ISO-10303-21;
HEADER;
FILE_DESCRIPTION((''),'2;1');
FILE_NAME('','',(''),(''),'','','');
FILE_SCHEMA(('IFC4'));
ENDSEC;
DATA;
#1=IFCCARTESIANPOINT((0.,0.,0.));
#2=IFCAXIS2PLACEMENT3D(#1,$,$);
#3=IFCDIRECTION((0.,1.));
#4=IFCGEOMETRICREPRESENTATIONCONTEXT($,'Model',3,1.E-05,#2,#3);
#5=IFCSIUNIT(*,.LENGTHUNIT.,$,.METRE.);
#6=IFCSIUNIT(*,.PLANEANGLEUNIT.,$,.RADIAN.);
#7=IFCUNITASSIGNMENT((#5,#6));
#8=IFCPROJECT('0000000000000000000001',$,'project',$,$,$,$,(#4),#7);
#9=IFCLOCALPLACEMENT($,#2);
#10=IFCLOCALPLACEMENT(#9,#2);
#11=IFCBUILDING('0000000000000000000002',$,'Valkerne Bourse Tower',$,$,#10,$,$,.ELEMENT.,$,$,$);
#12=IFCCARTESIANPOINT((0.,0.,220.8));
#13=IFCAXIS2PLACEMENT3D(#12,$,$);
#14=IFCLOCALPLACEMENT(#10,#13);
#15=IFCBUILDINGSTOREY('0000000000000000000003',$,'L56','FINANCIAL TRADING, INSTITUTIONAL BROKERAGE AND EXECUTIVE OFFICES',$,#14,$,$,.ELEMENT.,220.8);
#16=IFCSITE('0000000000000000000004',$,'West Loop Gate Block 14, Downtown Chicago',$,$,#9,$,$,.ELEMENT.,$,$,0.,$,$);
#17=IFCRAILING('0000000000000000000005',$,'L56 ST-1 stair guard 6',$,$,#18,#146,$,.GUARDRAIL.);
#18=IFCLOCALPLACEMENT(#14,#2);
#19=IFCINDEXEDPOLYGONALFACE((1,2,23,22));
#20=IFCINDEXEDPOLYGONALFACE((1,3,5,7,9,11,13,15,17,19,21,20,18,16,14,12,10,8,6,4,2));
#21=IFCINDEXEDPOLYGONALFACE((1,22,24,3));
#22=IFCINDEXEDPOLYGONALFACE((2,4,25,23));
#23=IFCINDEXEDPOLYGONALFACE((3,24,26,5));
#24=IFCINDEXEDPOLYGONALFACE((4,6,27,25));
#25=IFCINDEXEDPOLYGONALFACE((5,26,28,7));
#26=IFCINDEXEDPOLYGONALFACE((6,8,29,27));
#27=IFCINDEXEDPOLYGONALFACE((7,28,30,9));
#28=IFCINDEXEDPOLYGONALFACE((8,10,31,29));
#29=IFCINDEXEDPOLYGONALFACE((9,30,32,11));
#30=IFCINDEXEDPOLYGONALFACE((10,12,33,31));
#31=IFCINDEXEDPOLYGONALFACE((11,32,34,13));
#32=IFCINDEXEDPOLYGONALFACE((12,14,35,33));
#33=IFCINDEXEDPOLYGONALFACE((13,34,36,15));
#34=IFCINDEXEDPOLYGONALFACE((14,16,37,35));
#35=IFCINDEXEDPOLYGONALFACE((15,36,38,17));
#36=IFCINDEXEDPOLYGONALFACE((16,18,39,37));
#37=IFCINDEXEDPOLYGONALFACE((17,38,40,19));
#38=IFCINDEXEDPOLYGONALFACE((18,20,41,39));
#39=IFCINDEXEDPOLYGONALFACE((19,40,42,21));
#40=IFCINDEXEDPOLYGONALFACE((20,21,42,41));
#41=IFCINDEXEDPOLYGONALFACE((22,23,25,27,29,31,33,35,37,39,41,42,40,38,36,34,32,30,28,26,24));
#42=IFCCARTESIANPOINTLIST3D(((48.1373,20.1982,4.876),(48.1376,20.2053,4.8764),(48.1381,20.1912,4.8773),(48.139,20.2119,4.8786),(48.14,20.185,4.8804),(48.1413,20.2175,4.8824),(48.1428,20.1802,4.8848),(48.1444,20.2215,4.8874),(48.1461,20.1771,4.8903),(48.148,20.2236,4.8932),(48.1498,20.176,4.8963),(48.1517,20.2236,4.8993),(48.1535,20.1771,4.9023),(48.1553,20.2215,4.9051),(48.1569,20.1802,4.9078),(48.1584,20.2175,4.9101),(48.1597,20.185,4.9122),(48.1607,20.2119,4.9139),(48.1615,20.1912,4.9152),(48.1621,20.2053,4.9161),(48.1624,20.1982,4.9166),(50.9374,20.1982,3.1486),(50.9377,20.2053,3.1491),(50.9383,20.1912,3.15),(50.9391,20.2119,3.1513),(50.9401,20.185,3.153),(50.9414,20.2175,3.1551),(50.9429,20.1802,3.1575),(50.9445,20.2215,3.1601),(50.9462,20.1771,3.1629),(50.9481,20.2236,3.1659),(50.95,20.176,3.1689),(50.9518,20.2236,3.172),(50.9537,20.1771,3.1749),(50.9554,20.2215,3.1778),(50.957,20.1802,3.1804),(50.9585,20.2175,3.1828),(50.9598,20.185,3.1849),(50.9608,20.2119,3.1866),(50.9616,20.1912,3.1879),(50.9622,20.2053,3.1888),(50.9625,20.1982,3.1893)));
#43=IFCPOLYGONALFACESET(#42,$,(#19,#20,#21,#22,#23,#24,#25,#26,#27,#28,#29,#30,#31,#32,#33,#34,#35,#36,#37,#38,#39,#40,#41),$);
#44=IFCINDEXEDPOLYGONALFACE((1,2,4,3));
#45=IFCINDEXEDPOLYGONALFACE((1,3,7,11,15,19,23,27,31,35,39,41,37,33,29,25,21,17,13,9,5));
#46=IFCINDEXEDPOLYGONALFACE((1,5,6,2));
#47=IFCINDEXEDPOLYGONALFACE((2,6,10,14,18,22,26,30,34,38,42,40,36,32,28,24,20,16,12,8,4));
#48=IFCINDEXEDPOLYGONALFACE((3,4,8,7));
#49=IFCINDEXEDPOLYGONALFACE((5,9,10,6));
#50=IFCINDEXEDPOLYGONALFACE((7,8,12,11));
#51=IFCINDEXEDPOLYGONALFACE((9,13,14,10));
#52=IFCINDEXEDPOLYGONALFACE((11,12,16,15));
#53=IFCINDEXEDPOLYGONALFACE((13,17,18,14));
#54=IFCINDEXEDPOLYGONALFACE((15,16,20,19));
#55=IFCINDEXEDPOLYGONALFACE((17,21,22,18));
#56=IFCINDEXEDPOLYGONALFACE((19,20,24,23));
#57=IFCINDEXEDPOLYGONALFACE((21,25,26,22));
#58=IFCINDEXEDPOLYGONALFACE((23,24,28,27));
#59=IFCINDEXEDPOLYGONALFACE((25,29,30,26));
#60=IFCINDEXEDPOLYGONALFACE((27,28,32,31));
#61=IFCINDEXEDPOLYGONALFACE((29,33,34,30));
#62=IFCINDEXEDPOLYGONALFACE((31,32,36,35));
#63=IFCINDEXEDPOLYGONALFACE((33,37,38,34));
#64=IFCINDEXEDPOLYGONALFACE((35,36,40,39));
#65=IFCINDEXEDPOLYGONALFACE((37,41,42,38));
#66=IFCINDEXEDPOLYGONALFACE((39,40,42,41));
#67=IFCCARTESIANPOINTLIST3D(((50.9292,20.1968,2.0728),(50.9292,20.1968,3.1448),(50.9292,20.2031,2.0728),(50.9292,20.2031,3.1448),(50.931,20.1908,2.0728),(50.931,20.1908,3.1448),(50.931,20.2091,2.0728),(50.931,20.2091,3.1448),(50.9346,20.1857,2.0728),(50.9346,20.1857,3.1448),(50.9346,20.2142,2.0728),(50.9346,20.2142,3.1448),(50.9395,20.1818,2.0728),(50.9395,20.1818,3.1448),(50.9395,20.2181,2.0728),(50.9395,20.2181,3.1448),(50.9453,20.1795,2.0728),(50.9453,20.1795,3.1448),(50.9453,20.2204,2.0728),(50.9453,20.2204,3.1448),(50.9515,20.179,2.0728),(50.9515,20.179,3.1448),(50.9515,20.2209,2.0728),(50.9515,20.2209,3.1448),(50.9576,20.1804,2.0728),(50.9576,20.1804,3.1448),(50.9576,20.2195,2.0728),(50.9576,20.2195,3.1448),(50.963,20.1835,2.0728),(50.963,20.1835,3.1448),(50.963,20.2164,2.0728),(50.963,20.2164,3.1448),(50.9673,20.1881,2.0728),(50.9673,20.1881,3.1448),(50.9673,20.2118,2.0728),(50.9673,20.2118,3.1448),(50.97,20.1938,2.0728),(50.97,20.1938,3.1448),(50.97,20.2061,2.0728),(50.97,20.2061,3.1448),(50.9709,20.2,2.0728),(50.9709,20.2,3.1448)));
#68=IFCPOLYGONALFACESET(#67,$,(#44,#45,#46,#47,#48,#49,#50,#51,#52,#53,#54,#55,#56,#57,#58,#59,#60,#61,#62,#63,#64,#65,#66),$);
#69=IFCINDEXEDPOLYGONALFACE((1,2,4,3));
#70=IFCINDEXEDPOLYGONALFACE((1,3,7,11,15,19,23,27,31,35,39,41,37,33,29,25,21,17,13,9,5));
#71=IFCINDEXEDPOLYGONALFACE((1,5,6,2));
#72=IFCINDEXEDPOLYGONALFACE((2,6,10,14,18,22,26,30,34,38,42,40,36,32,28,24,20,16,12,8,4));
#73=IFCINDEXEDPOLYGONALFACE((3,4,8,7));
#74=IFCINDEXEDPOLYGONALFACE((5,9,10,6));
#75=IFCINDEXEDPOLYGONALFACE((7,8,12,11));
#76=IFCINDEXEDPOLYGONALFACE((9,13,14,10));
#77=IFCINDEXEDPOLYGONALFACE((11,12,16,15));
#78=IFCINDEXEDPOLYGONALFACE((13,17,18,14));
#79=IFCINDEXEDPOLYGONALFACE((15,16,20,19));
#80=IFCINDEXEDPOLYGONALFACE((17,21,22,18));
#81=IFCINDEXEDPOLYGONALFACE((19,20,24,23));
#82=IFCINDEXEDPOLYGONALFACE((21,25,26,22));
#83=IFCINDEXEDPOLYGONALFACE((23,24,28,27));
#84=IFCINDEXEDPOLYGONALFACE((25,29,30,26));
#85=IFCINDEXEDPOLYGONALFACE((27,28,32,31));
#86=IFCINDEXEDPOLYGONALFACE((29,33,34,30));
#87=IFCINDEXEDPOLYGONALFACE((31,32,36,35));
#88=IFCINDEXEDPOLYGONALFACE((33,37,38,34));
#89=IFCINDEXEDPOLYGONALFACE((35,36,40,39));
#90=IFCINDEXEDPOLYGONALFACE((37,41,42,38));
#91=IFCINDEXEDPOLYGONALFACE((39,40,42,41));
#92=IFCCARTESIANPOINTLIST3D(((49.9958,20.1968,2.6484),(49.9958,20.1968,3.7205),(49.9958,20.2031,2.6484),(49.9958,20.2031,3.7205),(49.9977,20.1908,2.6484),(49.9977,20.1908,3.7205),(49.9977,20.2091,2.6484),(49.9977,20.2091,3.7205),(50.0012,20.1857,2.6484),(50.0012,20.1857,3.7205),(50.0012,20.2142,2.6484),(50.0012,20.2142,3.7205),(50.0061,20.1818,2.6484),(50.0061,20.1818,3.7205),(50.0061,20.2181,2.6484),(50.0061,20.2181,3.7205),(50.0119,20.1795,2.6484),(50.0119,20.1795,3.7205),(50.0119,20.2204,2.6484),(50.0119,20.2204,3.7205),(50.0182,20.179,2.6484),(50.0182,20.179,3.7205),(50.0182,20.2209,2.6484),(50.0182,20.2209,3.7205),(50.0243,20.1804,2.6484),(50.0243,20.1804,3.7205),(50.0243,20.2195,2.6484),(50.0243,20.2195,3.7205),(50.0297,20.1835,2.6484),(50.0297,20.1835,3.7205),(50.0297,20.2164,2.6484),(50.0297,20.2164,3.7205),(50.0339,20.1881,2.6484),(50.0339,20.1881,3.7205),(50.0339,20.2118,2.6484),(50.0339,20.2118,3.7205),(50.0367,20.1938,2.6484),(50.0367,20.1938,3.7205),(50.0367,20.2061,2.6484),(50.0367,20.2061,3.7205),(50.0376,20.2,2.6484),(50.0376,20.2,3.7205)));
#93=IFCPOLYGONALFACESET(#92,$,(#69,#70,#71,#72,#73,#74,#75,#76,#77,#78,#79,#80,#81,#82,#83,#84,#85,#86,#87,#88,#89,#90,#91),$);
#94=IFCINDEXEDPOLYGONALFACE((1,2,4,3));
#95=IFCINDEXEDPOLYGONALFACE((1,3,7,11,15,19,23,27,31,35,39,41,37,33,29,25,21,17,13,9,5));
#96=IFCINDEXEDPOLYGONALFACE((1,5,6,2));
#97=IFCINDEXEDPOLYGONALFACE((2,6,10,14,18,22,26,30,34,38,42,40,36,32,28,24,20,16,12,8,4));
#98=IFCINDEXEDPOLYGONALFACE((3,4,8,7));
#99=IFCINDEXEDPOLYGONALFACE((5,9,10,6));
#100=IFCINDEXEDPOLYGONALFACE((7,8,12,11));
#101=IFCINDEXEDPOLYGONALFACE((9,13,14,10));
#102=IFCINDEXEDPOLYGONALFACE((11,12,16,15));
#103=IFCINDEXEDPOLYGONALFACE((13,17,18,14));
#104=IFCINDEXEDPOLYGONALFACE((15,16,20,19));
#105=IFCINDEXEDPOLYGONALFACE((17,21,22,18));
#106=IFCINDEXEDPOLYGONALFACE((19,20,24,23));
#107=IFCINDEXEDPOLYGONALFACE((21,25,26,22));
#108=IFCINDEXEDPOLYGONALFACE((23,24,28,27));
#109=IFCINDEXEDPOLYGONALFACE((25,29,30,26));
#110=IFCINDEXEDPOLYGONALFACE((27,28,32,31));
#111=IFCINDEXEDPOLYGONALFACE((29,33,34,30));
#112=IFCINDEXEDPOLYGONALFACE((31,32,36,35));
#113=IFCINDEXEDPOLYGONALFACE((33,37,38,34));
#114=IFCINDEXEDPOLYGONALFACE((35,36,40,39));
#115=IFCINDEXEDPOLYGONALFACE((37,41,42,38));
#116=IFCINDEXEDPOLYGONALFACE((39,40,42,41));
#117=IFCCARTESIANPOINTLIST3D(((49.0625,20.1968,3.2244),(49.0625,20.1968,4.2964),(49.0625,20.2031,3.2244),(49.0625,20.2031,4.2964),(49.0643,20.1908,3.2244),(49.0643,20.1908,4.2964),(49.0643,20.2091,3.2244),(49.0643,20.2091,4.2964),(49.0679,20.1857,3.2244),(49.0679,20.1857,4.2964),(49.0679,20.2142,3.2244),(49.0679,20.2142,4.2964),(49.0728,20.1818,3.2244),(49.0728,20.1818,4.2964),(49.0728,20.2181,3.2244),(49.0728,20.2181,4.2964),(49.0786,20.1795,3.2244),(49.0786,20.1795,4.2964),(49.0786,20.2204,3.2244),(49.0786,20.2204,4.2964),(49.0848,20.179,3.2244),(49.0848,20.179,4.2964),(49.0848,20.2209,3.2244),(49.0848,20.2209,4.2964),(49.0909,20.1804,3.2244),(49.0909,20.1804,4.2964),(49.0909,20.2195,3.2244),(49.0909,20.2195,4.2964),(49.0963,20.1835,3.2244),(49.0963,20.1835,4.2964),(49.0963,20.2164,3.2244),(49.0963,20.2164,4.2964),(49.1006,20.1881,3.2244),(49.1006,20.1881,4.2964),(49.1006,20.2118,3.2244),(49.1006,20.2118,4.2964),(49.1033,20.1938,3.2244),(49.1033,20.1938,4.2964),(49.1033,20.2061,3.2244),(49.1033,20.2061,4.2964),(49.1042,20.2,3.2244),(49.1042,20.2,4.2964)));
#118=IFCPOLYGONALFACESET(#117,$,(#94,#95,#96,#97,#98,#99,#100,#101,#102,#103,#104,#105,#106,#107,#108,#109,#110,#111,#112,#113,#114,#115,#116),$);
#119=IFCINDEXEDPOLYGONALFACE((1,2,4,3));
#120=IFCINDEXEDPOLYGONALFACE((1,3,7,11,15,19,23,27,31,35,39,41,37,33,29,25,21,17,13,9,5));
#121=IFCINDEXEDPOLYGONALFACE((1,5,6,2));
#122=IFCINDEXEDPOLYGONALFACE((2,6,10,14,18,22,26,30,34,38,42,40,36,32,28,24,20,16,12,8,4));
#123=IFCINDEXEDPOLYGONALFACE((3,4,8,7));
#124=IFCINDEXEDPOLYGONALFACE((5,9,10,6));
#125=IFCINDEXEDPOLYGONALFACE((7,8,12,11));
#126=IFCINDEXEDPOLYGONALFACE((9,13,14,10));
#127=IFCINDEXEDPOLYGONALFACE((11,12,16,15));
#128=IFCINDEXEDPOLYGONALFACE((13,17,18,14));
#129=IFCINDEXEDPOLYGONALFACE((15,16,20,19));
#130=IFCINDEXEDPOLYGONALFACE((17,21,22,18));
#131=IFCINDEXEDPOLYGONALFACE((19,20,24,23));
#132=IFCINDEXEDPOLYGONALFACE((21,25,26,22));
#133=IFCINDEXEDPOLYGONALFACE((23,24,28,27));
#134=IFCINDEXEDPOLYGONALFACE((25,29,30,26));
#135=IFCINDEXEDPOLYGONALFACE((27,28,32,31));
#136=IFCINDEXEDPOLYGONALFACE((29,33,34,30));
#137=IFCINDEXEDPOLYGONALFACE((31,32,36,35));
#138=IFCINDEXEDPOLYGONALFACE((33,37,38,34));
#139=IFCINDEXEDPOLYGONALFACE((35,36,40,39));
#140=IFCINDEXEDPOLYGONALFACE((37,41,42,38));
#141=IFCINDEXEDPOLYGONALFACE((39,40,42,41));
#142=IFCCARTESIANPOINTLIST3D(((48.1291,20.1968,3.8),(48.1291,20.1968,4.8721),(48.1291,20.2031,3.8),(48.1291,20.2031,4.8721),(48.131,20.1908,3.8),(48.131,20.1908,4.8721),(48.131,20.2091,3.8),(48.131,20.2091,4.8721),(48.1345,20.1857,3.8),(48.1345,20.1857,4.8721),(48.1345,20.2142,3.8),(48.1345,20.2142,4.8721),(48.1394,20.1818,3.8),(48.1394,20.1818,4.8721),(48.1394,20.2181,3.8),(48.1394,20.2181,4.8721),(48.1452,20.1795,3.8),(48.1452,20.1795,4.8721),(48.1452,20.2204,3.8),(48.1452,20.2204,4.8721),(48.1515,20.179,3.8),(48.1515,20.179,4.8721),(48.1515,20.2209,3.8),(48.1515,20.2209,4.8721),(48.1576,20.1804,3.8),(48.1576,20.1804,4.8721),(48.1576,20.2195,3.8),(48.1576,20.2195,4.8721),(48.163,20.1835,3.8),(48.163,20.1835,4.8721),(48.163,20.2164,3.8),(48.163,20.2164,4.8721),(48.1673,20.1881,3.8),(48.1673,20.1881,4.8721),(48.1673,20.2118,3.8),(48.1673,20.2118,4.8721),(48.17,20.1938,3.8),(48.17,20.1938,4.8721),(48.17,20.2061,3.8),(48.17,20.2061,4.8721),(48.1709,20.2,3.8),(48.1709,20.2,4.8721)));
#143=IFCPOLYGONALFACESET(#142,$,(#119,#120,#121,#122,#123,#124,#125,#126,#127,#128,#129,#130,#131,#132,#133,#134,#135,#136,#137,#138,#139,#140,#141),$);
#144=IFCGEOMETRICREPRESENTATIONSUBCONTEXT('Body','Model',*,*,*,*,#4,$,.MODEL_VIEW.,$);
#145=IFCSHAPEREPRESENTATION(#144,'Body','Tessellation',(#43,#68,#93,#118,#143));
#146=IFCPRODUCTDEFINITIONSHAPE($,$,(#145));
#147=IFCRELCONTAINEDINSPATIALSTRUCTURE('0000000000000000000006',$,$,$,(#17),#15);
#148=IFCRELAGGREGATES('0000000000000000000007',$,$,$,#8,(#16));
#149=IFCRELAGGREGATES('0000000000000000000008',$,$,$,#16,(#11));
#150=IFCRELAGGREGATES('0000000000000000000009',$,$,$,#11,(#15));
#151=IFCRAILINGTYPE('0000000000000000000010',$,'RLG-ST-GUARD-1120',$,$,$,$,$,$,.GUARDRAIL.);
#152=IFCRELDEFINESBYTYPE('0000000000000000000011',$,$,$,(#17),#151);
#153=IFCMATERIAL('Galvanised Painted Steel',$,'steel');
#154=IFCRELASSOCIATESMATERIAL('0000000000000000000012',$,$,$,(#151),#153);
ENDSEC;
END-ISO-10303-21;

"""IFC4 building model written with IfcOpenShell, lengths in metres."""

from ifc_helpers import new_model, si_unit, direction, frame, origin, origin_2d, place, context, subcontext, project, spatial, circle, extrude, material, type_object, element, save


model = new_model("IFC4")

# Units and contexts
model_context = context("Model", 3, precision=1e-05, world=origin(), true_north=direction((0.0, 1.0)))
body_context = subcontext(model_context, "Body", "Model", "MODEL_VIEW")
ifc_project = project(units=[si_unit("LENGTHUNIT", "METRE"), si_unit("PLANEANGLEUNIT", "RADIAN")], contexts=[model_context])

# Site, building, storey
site_placement = place(None, origin())
site = spatial("IfcSite", under=ifc_project, at=site_placement, Name="West Loop Gate Block 14, Downtown Chicago", CompositionType="ELEMENT", RefElevation=0.0)
building_placement = place(site_placement, origin())
building = spatial("IfcBuilding", under=site, at=building_placement, Name="Valkerne Bourse Tower", CompositionType="ELEMENT")
storey_placement = place(building_placement, frame((0.0, 0.0, 220.8)))
storey = spatial("IfcBuildingStorey", under=building, at=storey_placement, Name="L56", Description="FINANCIAL TRADING, INSTITUTIONAL BROKERAGE AND EXECUTIVE OFFICES", CompositionType="ELEMENT", Elevation=220.8)

# Shared definitions
ifc_material_1 = material(Name="Galvanised Painted Steel", Category="steel")

# Railing
railing_type_1 = type_object("IfcRailingType", Name="RLG-ST-GUARD-1120", PredefinedType="GUARDRAIL", material=ifc_material_1)
railing_1_placement = place(storey_placement, frame((50.95, 20.2, 2.0728)))
element("IfcRailing", 1, at=railing_1_placement, inside=storey, type_object=railing_type_1, Name="L56 ST-1 stair guard 6", PredefinedType="GUARDRAIL", context=body_context, shape_type="SweptSolid", body=[
    extrude(circle(Radius=0.0239, at=origin_2d()), frame((0.0, 0.0, 1.0962), z_axis=(-0.85109, 0.0, 0.52502), x_axis=(0.0, -1.0, 0.0)), (0.0, 0.0, 1.0), 3.29),
    extrude(circle(Radius=0.021, at=origin_2d()), origin(), (0.0, 0.0, 1.0), 1.072),
    extrude(circle(Radius=0.021, at=origin_2d()), frame((-0.9333, 0.0, 0.5757)), (0.0, 0.0, 1.0), 1.072),
    extrude(circle(Radius=0.021, at=origin_2d()), frame((-1.8667, 0.0, 1.1516)), (0.0, 0.0, 1.0), 1.072),
    extrude(circle(Radius=0.021, at=origin_2d()), frame((-2.8, 0.0, 1.7273)), (0.0, 0.0, 1.0), 1.072),
])

save(model, "model.ifc")
